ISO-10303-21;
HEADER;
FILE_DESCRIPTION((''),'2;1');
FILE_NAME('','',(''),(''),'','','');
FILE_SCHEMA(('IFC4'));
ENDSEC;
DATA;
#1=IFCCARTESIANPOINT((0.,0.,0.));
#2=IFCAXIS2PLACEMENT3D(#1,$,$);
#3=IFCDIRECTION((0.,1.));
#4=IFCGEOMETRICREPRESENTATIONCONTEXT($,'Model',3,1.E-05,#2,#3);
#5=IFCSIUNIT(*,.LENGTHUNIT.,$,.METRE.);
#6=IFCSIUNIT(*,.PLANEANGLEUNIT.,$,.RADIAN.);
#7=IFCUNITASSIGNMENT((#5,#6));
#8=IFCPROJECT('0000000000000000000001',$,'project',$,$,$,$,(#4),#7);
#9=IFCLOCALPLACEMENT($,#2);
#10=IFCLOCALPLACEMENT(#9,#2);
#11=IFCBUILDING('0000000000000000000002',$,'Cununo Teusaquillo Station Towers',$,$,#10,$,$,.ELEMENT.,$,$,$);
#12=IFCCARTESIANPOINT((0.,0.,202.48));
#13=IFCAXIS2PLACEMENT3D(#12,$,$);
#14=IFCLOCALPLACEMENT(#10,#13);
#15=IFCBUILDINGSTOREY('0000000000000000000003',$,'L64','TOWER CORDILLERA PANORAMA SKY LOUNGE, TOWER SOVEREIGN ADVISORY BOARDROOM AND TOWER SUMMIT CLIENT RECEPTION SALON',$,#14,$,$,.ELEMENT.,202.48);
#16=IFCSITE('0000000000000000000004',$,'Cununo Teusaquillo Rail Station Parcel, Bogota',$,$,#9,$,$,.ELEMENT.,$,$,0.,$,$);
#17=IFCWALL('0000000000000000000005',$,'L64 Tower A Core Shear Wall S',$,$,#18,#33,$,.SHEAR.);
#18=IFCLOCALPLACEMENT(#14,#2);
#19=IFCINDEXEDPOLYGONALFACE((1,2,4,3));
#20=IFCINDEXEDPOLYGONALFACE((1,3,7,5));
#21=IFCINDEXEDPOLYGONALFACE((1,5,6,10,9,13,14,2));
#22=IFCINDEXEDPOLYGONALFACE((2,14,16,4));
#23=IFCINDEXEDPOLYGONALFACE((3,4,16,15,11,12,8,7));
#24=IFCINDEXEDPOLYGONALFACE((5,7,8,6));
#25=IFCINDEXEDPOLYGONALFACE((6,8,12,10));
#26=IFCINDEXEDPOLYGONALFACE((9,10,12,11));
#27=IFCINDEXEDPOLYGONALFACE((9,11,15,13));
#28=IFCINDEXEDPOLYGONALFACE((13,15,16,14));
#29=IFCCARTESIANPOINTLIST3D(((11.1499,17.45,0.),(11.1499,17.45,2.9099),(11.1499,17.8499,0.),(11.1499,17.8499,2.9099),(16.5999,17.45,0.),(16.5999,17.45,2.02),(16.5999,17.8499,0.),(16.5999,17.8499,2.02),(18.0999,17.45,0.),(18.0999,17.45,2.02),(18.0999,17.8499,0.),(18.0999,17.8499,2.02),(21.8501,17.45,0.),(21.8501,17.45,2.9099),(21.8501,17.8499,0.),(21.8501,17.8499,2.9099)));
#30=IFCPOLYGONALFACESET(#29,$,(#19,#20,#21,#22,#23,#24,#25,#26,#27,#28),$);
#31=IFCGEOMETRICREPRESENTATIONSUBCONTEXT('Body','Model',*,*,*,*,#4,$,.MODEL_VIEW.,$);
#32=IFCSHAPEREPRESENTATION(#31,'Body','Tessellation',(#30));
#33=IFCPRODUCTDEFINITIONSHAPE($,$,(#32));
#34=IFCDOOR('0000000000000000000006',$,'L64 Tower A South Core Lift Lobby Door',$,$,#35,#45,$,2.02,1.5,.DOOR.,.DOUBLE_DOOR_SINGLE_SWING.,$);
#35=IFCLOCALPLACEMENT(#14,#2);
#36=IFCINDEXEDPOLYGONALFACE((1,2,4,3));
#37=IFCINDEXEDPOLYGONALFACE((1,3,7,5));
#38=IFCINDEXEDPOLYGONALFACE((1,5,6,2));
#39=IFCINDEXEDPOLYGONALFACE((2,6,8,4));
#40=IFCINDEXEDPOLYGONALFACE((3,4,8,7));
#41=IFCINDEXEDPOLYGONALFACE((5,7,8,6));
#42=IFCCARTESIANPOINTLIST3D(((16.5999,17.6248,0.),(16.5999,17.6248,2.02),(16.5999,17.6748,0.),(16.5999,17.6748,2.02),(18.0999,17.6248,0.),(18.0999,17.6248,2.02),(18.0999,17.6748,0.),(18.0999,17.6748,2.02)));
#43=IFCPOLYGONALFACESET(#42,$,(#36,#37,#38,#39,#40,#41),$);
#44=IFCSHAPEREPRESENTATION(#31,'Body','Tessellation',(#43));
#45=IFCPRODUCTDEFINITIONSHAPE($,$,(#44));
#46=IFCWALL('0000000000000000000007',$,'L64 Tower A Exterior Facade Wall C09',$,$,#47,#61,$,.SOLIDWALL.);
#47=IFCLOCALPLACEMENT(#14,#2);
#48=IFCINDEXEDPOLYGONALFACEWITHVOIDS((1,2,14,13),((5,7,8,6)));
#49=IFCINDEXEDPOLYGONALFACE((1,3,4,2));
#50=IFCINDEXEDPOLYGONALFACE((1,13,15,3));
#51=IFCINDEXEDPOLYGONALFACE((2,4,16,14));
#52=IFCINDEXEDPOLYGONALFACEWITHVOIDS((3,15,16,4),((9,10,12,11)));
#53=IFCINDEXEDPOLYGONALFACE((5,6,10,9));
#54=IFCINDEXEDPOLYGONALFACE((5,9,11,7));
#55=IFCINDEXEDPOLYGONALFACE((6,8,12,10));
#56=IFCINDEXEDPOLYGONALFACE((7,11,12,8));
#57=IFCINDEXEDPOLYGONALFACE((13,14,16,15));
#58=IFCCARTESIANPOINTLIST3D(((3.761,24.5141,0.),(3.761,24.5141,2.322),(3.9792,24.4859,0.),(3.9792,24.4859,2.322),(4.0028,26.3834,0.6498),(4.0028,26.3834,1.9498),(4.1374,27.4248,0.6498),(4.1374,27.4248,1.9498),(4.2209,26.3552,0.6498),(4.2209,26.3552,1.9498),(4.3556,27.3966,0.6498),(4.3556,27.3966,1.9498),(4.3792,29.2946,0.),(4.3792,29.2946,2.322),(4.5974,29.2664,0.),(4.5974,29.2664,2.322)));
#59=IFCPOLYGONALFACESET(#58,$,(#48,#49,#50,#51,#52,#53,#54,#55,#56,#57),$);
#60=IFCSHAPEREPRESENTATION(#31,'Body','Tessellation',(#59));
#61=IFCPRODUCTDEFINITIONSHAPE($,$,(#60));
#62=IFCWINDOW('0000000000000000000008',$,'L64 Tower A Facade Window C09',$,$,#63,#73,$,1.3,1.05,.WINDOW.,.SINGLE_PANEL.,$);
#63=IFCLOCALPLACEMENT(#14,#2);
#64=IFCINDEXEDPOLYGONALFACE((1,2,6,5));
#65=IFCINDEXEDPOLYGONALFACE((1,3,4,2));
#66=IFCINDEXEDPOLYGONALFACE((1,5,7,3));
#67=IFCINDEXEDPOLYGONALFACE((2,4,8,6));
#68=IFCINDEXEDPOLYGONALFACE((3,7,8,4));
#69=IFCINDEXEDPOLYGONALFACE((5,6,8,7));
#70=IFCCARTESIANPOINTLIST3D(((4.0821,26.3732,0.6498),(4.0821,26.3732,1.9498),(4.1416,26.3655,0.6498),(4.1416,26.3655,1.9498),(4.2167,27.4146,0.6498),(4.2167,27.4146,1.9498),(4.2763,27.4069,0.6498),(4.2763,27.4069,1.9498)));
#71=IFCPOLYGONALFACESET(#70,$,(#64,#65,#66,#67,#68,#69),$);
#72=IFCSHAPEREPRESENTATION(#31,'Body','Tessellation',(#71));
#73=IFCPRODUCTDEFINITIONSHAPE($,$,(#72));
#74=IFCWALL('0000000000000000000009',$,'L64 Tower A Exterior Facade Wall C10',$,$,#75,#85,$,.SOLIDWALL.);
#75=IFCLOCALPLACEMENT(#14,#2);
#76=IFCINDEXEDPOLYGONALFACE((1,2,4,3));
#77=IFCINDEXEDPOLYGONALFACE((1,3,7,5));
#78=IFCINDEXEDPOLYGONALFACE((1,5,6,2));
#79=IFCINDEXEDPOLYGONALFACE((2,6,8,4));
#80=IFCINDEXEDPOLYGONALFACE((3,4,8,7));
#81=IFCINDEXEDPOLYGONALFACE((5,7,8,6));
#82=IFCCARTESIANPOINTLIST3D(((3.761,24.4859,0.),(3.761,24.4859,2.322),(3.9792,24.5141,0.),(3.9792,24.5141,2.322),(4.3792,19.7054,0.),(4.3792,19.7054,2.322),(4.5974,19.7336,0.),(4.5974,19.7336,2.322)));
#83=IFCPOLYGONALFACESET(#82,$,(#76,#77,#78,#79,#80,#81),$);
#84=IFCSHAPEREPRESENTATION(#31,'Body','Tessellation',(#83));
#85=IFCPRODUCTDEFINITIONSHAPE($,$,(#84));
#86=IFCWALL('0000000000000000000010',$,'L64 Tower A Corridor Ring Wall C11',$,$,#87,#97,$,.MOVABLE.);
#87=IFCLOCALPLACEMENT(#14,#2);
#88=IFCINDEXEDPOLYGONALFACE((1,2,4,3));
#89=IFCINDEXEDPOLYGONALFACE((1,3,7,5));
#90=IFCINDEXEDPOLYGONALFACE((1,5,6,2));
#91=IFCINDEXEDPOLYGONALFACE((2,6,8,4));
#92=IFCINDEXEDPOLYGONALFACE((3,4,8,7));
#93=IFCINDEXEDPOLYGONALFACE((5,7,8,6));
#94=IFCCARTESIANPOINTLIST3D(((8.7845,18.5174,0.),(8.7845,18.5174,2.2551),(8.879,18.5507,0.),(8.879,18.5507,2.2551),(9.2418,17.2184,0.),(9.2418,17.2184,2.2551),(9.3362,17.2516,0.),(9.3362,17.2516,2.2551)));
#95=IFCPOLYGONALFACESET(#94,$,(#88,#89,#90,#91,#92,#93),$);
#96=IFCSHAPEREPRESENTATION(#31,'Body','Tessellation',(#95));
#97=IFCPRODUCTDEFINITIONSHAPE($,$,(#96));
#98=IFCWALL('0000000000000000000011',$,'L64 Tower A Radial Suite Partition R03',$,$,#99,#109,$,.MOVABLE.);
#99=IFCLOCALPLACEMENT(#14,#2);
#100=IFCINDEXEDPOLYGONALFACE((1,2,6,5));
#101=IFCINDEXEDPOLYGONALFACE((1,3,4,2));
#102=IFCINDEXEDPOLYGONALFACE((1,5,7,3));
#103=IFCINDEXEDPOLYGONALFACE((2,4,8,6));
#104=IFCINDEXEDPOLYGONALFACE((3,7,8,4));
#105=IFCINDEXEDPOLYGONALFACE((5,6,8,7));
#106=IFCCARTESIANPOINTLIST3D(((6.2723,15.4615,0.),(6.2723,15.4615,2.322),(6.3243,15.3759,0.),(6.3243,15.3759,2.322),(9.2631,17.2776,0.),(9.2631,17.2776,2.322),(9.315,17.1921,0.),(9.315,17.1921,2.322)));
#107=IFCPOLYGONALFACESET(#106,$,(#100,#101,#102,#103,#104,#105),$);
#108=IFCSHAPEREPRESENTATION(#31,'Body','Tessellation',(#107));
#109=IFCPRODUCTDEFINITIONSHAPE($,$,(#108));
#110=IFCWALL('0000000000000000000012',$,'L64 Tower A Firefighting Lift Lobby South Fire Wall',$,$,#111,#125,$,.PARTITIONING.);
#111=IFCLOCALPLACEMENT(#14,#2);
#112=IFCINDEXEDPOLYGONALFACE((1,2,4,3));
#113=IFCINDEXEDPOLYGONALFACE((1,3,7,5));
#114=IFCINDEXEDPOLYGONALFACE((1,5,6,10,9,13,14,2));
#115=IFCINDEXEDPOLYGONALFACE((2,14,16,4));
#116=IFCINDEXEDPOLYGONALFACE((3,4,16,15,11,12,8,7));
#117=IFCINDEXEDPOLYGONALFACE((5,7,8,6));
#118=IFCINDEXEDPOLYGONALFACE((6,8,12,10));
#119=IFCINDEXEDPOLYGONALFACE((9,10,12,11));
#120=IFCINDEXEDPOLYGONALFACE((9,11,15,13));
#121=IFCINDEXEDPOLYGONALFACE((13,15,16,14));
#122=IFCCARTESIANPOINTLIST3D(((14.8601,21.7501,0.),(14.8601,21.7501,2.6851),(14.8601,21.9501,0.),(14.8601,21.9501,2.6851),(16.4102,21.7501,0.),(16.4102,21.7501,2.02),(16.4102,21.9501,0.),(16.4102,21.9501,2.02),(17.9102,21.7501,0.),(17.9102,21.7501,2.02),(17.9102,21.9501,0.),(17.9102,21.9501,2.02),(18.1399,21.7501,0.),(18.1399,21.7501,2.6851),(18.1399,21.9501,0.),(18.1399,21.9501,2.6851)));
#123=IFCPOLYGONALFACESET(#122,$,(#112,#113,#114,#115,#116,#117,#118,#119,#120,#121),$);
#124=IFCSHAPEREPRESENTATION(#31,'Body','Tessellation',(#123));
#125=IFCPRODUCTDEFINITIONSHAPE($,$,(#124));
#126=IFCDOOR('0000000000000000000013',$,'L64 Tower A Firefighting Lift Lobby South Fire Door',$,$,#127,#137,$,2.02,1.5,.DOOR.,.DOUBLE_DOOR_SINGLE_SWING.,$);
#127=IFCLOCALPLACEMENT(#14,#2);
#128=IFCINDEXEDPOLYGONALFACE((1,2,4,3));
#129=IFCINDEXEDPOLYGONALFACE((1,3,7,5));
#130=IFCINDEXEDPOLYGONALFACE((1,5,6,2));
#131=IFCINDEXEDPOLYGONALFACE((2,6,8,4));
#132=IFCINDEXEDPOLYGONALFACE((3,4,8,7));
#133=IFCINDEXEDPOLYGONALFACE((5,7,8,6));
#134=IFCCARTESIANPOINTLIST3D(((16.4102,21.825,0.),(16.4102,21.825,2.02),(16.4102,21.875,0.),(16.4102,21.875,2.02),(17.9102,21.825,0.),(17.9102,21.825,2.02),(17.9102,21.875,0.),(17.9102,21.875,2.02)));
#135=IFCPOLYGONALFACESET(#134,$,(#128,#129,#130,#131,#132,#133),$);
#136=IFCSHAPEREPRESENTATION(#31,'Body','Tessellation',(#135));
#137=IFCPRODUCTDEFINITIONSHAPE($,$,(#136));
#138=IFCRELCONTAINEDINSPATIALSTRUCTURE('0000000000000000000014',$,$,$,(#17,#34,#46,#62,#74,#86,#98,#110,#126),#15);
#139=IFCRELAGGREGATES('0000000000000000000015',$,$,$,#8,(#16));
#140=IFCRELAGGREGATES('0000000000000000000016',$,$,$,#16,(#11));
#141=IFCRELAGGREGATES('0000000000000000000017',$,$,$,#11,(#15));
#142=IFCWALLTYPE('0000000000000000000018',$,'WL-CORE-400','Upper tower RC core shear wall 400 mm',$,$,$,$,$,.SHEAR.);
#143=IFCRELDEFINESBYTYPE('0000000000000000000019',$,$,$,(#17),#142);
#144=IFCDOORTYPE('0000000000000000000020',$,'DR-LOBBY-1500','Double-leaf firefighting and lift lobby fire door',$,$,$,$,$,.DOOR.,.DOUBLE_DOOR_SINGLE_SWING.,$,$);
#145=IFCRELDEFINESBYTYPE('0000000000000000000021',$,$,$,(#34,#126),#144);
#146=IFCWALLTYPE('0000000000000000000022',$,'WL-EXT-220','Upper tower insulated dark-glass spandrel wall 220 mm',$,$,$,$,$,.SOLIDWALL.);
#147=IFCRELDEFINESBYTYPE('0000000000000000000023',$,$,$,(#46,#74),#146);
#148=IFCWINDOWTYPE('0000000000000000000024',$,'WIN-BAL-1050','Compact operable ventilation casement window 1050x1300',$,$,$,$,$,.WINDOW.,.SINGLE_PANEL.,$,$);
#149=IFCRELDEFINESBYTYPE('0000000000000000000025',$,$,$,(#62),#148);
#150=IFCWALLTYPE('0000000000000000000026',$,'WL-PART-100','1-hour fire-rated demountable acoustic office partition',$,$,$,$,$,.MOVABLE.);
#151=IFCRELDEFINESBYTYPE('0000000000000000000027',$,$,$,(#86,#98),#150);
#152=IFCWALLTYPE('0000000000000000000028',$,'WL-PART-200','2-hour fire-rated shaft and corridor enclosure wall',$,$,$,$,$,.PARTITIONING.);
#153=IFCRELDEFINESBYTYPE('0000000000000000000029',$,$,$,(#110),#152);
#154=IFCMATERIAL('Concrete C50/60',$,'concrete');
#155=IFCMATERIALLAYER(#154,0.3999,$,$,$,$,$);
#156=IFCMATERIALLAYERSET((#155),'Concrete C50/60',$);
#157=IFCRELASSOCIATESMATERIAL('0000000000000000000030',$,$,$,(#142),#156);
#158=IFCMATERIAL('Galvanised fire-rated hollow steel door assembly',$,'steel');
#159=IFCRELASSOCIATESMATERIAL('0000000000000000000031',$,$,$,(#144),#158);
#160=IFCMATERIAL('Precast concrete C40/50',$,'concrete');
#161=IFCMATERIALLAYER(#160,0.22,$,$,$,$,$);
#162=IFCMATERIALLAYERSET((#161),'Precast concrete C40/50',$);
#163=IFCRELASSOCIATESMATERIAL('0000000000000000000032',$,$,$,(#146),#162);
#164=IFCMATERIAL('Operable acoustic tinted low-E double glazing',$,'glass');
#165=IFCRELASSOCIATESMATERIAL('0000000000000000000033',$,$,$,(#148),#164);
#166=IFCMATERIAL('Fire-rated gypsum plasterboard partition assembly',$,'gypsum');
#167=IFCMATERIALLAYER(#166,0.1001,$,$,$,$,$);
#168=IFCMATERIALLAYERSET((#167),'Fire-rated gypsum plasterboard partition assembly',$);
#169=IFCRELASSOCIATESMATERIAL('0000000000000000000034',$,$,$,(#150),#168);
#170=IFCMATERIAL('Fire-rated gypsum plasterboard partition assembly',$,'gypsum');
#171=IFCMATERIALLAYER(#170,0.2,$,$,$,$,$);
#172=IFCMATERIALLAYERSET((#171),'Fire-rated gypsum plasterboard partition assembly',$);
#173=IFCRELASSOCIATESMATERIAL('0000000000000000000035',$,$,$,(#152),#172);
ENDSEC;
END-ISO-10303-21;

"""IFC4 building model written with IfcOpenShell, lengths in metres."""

from ifc_helpers import new_model, si_unit, direction, frame, frame_2d, origin, place, context, subcontext, project, spatial, rectangle, extrude, source, transform, mapped, material, layer, layer_set, type_object, element, fill, save


model = new_model("IFC4")

# Units and contexts
model_context = context("Model", 3, precision=1e-05, world=origin(), true_north=direction((0.0, 1.0)))
body_context = subcontext(model_context, "Body", "Model", "MODEL_VIEW")
ifc_project = project(units=[si_unit("LENGTHUNIT", "METRE"), si_unit("PLANEANGLEUNIT", "RADIAN")], contexts=[model_context])

# Site, building, storey
site_placement = place(None, origin())
site = spatial("IfcSite", under=ifc_project, at=site_placement, Name="Cununo Teusaquillo Rail Station Parcel, Bogota", CompositionType="ELEMENT", RefElevation=0.0)
building_placement = place(site_placement, origin())
building = spatial("IfcBuilding", under=site, at=building_placement, Name="Cununo Teusaquillo Station Towers", CompositionType="ELEMENT")
storey_placement = place(building_placement, frame((0.0, 0.0, 202.48)))
storey = spatial("IfcBuildingStorey", under=building, at=storey_placement, Name="L64", Description="TOWER CORDILLERA PANORAMA SKY LOUNGE, TOWER SOVEREIGN ADVISORY BOARDROOM AND TOWER SUMMIT CLIENT RECEPTION SALON", CompositionType="ELEMENT", Elevation=202.48)

# Shared definitions
ifc_material_1 = material(Name="Concrete C50/60", Category="concrete")
ifc_layer_1 = layer(ifc_material_1, 0.3999)
ifc_layer_set_1 = layer_set([ifc_layer_1], Name="Concrete C50/60")
wall_type_1 = type_object("IfcWallType", Name="WL-CORE-400", Description="Upper tower RC core shear wall 400 mm", PredefinedType="SHEAR", material=ifc_layer_set_1)

# Wall, opening, door
wall_1_placement = place(storey_placement, frame((11.1499, 17.6499, 0.0), z_axis=(0.0, 0.0, 1.0), x_axis=(1.0, 0.0, 0.0)))
wall_1 = element("IfcWall", 1, at=wall_1_placement, inside=storey, type_object=wall_type_1, Name="L64 Tower A Core Shear Wall S", PredefinedType="SHEAR", context=body_context, shape_type="SweptSolid", body=[
    extrude(rectangle(XDim=10.7002, YDim=0.3999, at=frame_2d((5.3501, 0.0))), origin(), (0.0, 0.0, 1.0), 2.9099),
])
shared_shape_1 = source(origin(), body_context, "Body", "SweptSolid", [
    extrude(rectangle(XDim=1.5, YDim=2.02, at=frame_2d((0.75, 1.01))), frame((0.0, 0.21, 0.0), z_axis=(0.0, -1.0, 0.0), x_axis=(1.0, 0.0, 0.0)), (0.0, 0.0, 1.0), 0.4199),
])
opening_1_placement = place(wall_1_placement, frame((5.45, 0.0, 0.0)))
opening_1 = element("IfcOpeningElement", 2, at=opening_1_placement, cuts=wall_1, PredefinedType="OPENING", context=body_context, shape_type="MappedRepresentation", body=[
    mapped(shared_shape_1, transform((0.0, 0.0, 0.0), x_axis=(1.0, 0.0, 0.0), y_axis=(0.0, 1.0, 0.0), z_axis=(0.0, 0.0, 1.0), scale=1.0)),
])
ifc_material_2 = material(Name="Galvanised fire-rated hollow steel door assembly", Category="steel")
door_type_1 = type_object("IfcDoorType", Name="DR-LOBBY-1500", Description="Double-leaf firefighting and lift lobby fire door", OperationType="DOUBLE_DOOR_SINGLE_SWING", PredefinedType="DOOR", material=ifc_material_2)
shared_shape_2 = source(origin(), body_context, "Body", "SweptSolid", [
    extrude(rectangle(XDim=1.5, YDim=2.02, at=frame_2d((0.75, 1.01))), frame((0.0, 0.0249, 0.0), z_axis=(0.0, -1.0, 0.0), x_axis=(1.0, 0.0, 0.0)), (0.0, 0.0, 1.0), 0.05),
])
door_1_placement = place(opening_1_placement, origin())
door_1 = element("IfcDoor", 3, at=door_1_placement, inside=storey, type_object=door_type_1, Name="L64 Tower A South Core Lift Lobby Door", OperationType="DOUBLE_DOOR_SINGLE_SWING", OverallHeight=2.02, OverallWidth=1.5, PredefinedType="DOOR", context=body_context, shape_type="MappedRepresentation", body=[
    mapped(shared_shape_2, transform((0.0, 0.0, 0.0), x_axis=(1.0, 0.0, 0.0), y_axis=(0.0, 1.0, 0.0), z_axis=(0.0, 0.0, 1.0), scale=1.0)),
])
fill(opening_1, door_1)

# Wall, opening, window
ifc_material_3 = material(Name="Precast concrete C40/50", Category="concrete")
ifc_layer_2 = layer(ifc_material_3, 0.22)
ifc_layer_set_2 = layer_set([ifc_layer_2], Name="Precast concrete C40/50")
wall_type_2 = type_object("IfcWallType", Name="WL-EXT-220", Description="Upper tower insulated dark-glass spandrel wall 220 mm", PredefinedType="SOLIDWALL", material=ifc_layer_set_2)
wall_2_placement = place(storey_placement, frame((3.8701, 24.5, 0.0), z_axis=(0.0, 0.0, 1.0), x_axis=(0.128241, 0.991743, 0.0)))
wall_2 = element("IfcWall", 4, at=wall_2_placement, inside=storey, type_object=wall_type_2, Name="L64 Tower A Exterior Facade Wall C09", PredefinedType="SOLIDWALL", context=body_context, shape_type="SweptSolid", body=[
    extrude(rectangle(XDim=4.8203, YDim=0.22, at=frame_2d((2.4102, 0.0))), origin(), (0.0, 0.0, 1.0), 2.322),
])
shared_shape_3 = source(origin(), body_context, "Body", "SweptSolid", [
    extrude(rectangle(XDim=1.05, YDim=1.3, at=frame_2d((0.5249, 0.6499))), frame((0.0, 0.1199, 0.0), z_axis=(0.0, -1.0, 0.0), x_axis=(1.0, 0.0, 0.0)), (0.0, 0.0, 1.0), 0.24),
])
opening_2_placement = place(wall_2_placement, frame((1.885, 0.0, 0.6499)))
opening_2 = element("IfcOpeningElement", 5, at=opening_2_placement, cuts=wall_2, PredefinedType="OPENING", context=body_context, shape_type="MappedRepresentation", body=[
    mapped(shared_shape_3, transform((0.0, 0.0, 0.0), x_axis=(1.0, 0.0, 0.0), y_axis=(0.0, 1.0, 0.0), z_axis=(0.0, 0.0, 1.0), scale=1.0)),
])
ifc_material_4 = material(Name="Operable acoustic tinted low-E double glazing", Category="glass")
window_type = type_object("IfcWindowType", Name="WIN-BAL-1050", Description="Compact operable ventilation casement window 1050x1300", PartitioningType="SINGLE_PANEL", PredefinedType="WINDOW", material=ifc_material_4)
shared_shape_4 = source(origin(), body_context, "Body", "SweptSolid", [
    extrude(rectangle(XDim=1.05, YDim=1.3, at=frame_2d((0.5249, 0.6499))), frame((0.0, 0.03, 0.0), z_axis=(0.0, -1.0, 0.0), x_axis=(1.0, 0.0, 0.0)), (0.0, 0.0, 1.0), 0.0601),
])
window_placement = place(opening_2_placement, origin())
window = element("IfcWindow", 6, at=window_placement, inside=storey, type_object=window_type, Name="L64 Tower A Facade Window C09", OverallHeight=1.3, OverallWidth=1.05, PartitioningType="SINGLE_PANEL", PredefinedType="WINDOW", context=body_context, shape_type="MappedRepresentation", body=[
    mapped(shared_shape_4, transform((0.0, 0.0, 0.0), x_axis=(1.0, 0.0, 0.0), y_axis=(0.0, 1.0, 0.0), z_axis=(0.0, 0.0, 1.0), scale=1.0)),
])
fill(opening_2, window)

# Walls
wall_3_placement = place(storey_placement, frame((4.4883, 19.7195, 0.0), z_axis=(0.0, 0.0, 1.0), x_axis=(-0.128241, 0.991743, 0.0)))
element("IfcWall", 7, at=wall_3_placement, inside=storey, type_object=wall_type_2, Name="L64 Tower A Exterior Facade Wall C10", PredefinedType="SOLIDWALL", context=body_context, shape_type="SweptSolid", body=[
    extrude(rectangle(XDim=4.8203, YDim=0.22, at=frame_2d((2.4102, 0.0))), origin(), (0.0, 0.0, 1.0), 2.322),
])
ifc_material_5 = material(Name="Fire-rated gypsum plasterboard partition assembly", Category="gypsum")
ifc_layer_3 = layer(ifc_material_5, 0.1001)
ifc_layer_set_3 = layer_set([ifc_layer_3], Name="Fire-rated gypsum plasterboard partition assembly")
wall_type_3 = type_object("IfcWallType", Name="WL-PART-100", Description="1-hour fire-rated demountable acoustic office partition", PredefinedType="MOVABLE", material=ifc_layer_set_3)
wall_4_placement = place(storey_placement, frame((8.8318, 18.5339, 0.0), z_axis=(0.0, 0.0, 1.0), x_axis=(0.332032, -0.943268, 0.0)))
element("IfcWall", 8, at=wall_4_placement, inside=storey, type_object=wall_type_3, Name="L64 Tower A Corridor Ring Wall C11", PredefinedType="MOVABLE", context=body_context, shape_type="SweptSolid", body=[
    extrude(rectangle(XDim=1.3772, YDim=0.1001, at=frame_2d((0.6885, 0.0))), origin(), (0.0, 0.0, 1.0), 2.2551),
])
wall_5_placement = place(storey_placement, frame((9.2891, 17.2349, 0.0), z_axis=(0.0, 0.0, 1.0), x_axis=(-0.854741, -0.519055, 0.0)))
element("IfcWall", 9, at=wall_5_placement, inside=storey, type_object=wall_type_3, Name="L64 Tower A Radial Suite Partition R03", PredefinedType="MOVABLE", context=body_context, shape_type="SweptSolid", body=[
    extrude(rectangle(XDim=3.499, YDim=0.1001, at=frame_2d((1.7495, 0.0))), origin(), (0.0, 0.0, 1.0), 2.322),
])

# Wall, opening, door
ifc_material_6 = material(Name="Fire-rated gypsum plasterboard partition assembly", Category="gypsum")
ifc_layer_4 = layer(ifc_material_6, 0.2)
ifc_layer_set_4 = layer_set([ifc_layer_4], Name="Fire-rated gypsum plasterboard partition assembly")
wall_type_4 = type_object("IfcWallType", Name="WL-PART-200", Description="2-hour fire-rated shaft and corridor enclosure wall", PredefinedType="PARTITIONING", material=ifc_layer_set_4)
wall_6_placement = place(storey_placement, frame((14.8601, 21.8501, 0.0), z_axis=(0.0, 0.0, 1.0), x_axis=(1.0, 0.0, 0.0)))
wall_6 = element("IfcWall", 10, at=wall_6_placement, inside=storey, type_object=wall_type_4, Name="L64 Tower A Firefighting Lift Lobby South Fire Wall", PredefinedType="PARTITIONING", context=body_context, shape_type="SweptSolid", body=[
    extrude(rectangle(XDim=3.2798, YDim=0.2, at=frame_2d((1.6399, 0.0))), origin(), (0.0, 0.0, 1.0), 2.6851),
])
shared_shape_5 = source(origin(), body_context, "Body", "SweptSolid", [
    extrude(rectangle(XDim=1.5, YDim=2.02, at=frame_2d((0.75, 1.01))), frame((0.0, 0.1099, 0.0), z_axis=(0.0, -1.0, 0.0), x_axis=(1.0, 0.0, 0.0)), (0.0, 0.0, 1.0), 0.22),
])
opening_3_placement = place(wall_6_placement, frame((1.55, 0.0, 0.0)))
opening_3 = element("IfcOpeningElement", 11, at=opening_3_placement, cuts=wall_6, PredefinedType="OPENING", context=body_context, shape_type="MappedRepresentation", body=[
    mapped(shared_shape_5, transform((0.0, 0.0, 0.0), x_axis=(1.0, 0.0, 0.0), y_axis=(0.0, 1.0, 0.0), z_axis=(0.0, 0.0, 1.0), scale=1.0)),
])
door_2_placement = place(opening_3_placement, origin())
door_2 = element("IfcDoor", 12, at=door_2_placement, inside=storey, type_object=door_type_1, Name="L64 Tower A Firefighting Lift Lobby South Fire Door", OperationType="DOUBLE_DOOR_SINGLE_SWING", OverallHeight=2.02, OverallWidth=1.5, PredefinedType="DOOR", context=body_context, shape_type="MappedRepresentation", body=[
    mapped(shared_shape_2, transform((0.0, 0.0, 0.0), x_axis=(1.0, 0.0, 0.0), y_axis=(0.0, 1.0, 0.0), z_axis=(0.0, 0.0, 1.0), scale=1.0)),
])
fill(opening_3, door_2)

save(model, "model.ifc")
